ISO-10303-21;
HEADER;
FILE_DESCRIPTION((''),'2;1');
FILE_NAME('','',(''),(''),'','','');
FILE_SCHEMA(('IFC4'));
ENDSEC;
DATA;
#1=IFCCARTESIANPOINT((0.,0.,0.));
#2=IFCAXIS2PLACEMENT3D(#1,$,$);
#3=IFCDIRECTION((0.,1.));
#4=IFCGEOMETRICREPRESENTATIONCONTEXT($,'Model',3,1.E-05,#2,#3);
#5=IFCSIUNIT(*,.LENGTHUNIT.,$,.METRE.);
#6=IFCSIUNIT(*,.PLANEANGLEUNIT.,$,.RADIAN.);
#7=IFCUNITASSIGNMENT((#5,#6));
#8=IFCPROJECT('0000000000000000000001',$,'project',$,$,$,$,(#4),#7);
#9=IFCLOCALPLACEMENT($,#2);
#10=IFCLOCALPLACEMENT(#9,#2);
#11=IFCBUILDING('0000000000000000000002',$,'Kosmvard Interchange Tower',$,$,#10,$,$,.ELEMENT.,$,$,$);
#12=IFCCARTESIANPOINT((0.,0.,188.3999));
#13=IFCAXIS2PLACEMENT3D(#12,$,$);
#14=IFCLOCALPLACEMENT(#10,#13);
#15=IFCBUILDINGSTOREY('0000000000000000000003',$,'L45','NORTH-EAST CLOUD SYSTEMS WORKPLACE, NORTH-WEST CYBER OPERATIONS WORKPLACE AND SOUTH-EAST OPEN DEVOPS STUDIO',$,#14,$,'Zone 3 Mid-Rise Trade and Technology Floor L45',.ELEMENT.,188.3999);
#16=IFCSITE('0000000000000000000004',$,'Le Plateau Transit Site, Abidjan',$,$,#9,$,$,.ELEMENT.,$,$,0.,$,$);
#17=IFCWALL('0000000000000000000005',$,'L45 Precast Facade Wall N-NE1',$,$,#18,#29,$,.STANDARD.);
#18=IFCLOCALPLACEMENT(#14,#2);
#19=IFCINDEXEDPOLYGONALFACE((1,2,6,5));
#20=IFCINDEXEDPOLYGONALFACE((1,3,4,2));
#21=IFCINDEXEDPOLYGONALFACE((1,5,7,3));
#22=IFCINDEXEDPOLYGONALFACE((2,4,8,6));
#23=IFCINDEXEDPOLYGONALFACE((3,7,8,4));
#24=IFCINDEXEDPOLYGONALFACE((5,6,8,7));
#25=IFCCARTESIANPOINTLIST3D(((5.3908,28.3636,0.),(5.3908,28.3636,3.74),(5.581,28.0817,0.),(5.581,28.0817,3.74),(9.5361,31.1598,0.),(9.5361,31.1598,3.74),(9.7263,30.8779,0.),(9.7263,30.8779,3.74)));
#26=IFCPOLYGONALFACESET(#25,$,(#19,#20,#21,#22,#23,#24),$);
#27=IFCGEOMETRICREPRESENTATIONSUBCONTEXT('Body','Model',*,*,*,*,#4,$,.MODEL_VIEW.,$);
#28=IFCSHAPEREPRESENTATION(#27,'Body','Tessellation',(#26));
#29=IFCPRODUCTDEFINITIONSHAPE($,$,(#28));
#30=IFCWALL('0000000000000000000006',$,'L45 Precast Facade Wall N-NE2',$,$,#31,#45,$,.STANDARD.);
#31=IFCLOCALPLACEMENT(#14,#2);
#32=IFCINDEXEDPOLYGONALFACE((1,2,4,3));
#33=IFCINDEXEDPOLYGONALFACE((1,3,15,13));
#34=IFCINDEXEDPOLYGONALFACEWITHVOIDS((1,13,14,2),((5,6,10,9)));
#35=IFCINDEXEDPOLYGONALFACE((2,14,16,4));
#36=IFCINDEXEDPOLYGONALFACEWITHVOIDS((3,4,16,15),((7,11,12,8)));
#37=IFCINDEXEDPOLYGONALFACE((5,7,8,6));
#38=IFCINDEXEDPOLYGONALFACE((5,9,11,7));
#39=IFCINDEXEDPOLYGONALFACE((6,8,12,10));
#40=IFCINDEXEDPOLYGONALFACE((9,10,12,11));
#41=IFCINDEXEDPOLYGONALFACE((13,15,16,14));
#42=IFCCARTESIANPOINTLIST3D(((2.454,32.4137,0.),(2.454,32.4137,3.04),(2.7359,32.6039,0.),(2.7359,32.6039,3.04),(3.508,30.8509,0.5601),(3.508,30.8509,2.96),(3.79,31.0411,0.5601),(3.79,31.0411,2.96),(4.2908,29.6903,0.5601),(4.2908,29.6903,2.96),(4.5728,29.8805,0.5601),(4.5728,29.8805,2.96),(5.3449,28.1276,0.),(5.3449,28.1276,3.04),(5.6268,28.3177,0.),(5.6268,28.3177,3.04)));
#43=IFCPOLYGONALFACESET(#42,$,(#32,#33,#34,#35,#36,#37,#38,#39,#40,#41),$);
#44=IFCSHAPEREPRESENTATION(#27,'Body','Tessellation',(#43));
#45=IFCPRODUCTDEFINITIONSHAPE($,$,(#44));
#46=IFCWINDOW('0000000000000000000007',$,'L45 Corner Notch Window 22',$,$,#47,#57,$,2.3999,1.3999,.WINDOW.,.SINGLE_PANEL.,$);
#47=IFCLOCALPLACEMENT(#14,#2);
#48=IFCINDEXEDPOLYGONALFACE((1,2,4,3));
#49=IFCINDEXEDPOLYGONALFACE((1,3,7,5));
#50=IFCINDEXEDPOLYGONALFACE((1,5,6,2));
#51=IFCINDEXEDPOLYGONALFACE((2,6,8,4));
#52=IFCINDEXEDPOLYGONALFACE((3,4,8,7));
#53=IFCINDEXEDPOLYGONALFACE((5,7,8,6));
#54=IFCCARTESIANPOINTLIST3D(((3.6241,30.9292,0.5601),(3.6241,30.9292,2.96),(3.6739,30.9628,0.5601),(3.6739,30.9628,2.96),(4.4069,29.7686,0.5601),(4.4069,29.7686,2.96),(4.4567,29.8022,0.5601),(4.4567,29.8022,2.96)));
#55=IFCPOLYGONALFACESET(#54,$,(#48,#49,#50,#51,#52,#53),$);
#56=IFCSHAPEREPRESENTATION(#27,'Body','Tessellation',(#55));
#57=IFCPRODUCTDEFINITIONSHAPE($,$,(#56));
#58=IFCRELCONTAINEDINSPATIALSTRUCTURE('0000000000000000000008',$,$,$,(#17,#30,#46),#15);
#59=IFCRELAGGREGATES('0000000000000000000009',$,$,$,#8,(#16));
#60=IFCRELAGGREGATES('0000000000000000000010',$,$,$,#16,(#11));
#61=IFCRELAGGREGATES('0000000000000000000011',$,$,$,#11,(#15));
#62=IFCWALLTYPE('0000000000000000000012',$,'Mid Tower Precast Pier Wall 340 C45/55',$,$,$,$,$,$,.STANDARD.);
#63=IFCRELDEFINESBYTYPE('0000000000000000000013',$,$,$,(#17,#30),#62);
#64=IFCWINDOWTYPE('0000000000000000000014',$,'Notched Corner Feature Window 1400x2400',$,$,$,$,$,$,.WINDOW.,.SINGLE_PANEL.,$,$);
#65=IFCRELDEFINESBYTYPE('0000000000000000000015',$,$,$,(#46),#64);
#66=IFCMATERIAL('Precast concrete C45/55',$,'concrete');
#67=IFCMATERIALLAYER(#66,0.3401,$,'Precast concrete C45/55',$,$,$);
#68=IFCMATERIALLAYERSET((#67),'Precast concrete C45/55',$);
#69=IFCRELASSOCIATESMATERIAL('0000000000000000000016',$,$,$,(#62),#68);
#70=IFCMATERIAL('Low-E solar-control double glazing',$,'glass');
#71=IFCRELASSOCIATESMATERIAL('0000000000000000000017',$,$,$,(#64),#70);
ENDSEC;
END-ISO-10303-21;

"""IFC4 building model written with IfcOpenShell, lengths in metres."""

from ifc_helpers import new_model, si_unit, direction, frame, frame_2d, origin, place, context, subcontext, project, spatial, rectangle, extrude, source, transform, mapped, material, layer, layer_set, type_object, element, fill, save


model = new_model("IFC4")

# Units and contexts
model_context = context("Model", 3, precision=1e-05, world=origin(), true_north=direction((0.0, 1.0)))
body_context = subcontext(model_context, "Body", "Model", "MODEL_VIEW")
ifc_project = project(units=[si_unit("LENGTHUNIT", "METRE"), si_unit("PLANEANGLEUNIT", "RADIAN")], contexts=[model_context])

# Site, building, storey
site_placement = place(None, origin())
site = spatial("IfcSite", under=ifc_project, at=site_placement, Name="Le Plateau Transit Site, Abidjan", CompositionType="ELEMENT", RefElevation=0.0)
building_placement = place(site_placement, origin())
building = spatial("IfcBuilding", under=site, at=building_placement, Name="Kosmvard Interchange Tower", CompositionType="ELEMENT")
storey_placement = place(building_placement, frame((0.0, 0.0, 188.3999)))
storey = spatial("IfcBuildingStorey", under=building, at=storey_placement, Name="L45", Description="NORTH-EAST CLOUD SYSTEMS WORKPLACE, NORTH-WEST CYBER OPERATIONS WORKPLACE AND SOUTH-EAST OPEN DEVOPS STUDIO", LongName="Zone 3 Mid-Rise Trade and Technology Floor L45", CompositionType="ELEMENT", Elevation=188.3999)

# Shared definitions
ifc_material_1 = material(Name="Precast concrete C45/55", Category="concrete")

# Wall
ifc_layer_1 = layer(ifc_material_1, 0.3401, Name="Precast concrete C45/55")
ifc_layer_set_1 = layer_set([ifc_layer_1], Name="Precast concrete C45/55")
wall_type = type_object("IfcWallType", Name="Mid Tower Precast Pier Wall 340 C45/55", PredefinedType="STANDARD", material=ifc_layer_set_1)
wall_1_placement = place(storey_placement, frame((9.6311, 31.0188, 0.0), z_axis=(0.0, 0.0, 1.0), x_axis=(-0.829026, -0.55921, 0.0)))
element("IfcWall", 1, at=wall_1_placement, inside=storey, type_object=wall_type, Name="L45 Precast Facade Wall N-NE1", PredefinedType="STANDARD", context=body_context, shape_type="SweptSolid", body=[
    extrude(rectangle(XDim=5.0002, YDim=0.3401, at=frame_2d((2.5, 0.0))), origin(), (0.0, 0.0, 1.0), 3.74),
])

# Wall, opening, window
wall_2_placement = place(storey_placement, frame((5.4858, 28.2227, 0.0), z_axis=(0.0, 0.0, 1.0), x_axis=(-0.559171, 0.829052, 0.0)))
wall_2 = element("IfcWall", 2, at=wall_2_placement, inside=storey, type_object=wall_type, Name="L45 Precast Facade Wall N-NE2", PredefinedType="STANDARD", context=body_context, shape_type="SweptSolid", body=[
    extrude(rectangle(XDim=5.1699, YDim=0.3401, at=frame_2d((2.585, 0.0))), origin(), (0.0, 0.0, 1.0), 3.04),
])
opening_1_placement = place(wall_2_placement, frame((1.885, 0.0, 0.5601)))
opening_1 = element("IfcOpeningElement", 3, at=opening_1_placement, cuts=wall_2, PredefinedType="OPENING", context=body_context, shape_type="SweptSolid", body=[
    extrude(rectangle(XDim=1.3999, YDim=2.3999, at=frame_2d((0.7, 1.2))), frame((0.0, 0.1802, 0.0), z_axis=(0.0, -1.0, 0.0), x_axis=(1.0, 0.0, 0.0)), (0.0, 0.0, 1.0), 0.3601),
])
ifc_material_2 = material(Name="Low-E solar-control double glazing", Category="glass")
window_type_1 = type_object("IfcWindowType", Name="Notched Corner Feature Window 1400x2400", PartitioningType="SINGLE_PANEL", PredefinedType="WINDOW", material=ifc_material_2)
shared_shape_1 = source(origin(), body_context, "Body", "SweptSolid", [
    extrude(rectangle(XDim=1.3999, YDim=2.3999, at=frame_2d((0.7, 1.2))), frame((0.0, 0.03, 0.0), z_axis=(0.0, -1.0, 0.0), x_axis=(1.0, 0.0, 0.0)), (0.0, 0.0, 1.0), 0.0601),
])
window_1_placement = place(opening_1_placement, origin())
window_1 = element("IfcWindow", 4, at=window_1_placement, inside=storey, type_object=window_type_1, Name="L45 Corner Notch Window 22", OverallHeight=2.3999, OverallWidth=1.3999, PartitioningType="SINGLE_PANEL", PredefinedType="WINDOW", context=body_context, shape_type="MappedRepresentation", body=[
    mapped(shared_shape_1, transform((0.0, 0.0, 0.0), scale=1.0)),
])
fill(opening_1, window_1)

save(model, "model.ifc")
